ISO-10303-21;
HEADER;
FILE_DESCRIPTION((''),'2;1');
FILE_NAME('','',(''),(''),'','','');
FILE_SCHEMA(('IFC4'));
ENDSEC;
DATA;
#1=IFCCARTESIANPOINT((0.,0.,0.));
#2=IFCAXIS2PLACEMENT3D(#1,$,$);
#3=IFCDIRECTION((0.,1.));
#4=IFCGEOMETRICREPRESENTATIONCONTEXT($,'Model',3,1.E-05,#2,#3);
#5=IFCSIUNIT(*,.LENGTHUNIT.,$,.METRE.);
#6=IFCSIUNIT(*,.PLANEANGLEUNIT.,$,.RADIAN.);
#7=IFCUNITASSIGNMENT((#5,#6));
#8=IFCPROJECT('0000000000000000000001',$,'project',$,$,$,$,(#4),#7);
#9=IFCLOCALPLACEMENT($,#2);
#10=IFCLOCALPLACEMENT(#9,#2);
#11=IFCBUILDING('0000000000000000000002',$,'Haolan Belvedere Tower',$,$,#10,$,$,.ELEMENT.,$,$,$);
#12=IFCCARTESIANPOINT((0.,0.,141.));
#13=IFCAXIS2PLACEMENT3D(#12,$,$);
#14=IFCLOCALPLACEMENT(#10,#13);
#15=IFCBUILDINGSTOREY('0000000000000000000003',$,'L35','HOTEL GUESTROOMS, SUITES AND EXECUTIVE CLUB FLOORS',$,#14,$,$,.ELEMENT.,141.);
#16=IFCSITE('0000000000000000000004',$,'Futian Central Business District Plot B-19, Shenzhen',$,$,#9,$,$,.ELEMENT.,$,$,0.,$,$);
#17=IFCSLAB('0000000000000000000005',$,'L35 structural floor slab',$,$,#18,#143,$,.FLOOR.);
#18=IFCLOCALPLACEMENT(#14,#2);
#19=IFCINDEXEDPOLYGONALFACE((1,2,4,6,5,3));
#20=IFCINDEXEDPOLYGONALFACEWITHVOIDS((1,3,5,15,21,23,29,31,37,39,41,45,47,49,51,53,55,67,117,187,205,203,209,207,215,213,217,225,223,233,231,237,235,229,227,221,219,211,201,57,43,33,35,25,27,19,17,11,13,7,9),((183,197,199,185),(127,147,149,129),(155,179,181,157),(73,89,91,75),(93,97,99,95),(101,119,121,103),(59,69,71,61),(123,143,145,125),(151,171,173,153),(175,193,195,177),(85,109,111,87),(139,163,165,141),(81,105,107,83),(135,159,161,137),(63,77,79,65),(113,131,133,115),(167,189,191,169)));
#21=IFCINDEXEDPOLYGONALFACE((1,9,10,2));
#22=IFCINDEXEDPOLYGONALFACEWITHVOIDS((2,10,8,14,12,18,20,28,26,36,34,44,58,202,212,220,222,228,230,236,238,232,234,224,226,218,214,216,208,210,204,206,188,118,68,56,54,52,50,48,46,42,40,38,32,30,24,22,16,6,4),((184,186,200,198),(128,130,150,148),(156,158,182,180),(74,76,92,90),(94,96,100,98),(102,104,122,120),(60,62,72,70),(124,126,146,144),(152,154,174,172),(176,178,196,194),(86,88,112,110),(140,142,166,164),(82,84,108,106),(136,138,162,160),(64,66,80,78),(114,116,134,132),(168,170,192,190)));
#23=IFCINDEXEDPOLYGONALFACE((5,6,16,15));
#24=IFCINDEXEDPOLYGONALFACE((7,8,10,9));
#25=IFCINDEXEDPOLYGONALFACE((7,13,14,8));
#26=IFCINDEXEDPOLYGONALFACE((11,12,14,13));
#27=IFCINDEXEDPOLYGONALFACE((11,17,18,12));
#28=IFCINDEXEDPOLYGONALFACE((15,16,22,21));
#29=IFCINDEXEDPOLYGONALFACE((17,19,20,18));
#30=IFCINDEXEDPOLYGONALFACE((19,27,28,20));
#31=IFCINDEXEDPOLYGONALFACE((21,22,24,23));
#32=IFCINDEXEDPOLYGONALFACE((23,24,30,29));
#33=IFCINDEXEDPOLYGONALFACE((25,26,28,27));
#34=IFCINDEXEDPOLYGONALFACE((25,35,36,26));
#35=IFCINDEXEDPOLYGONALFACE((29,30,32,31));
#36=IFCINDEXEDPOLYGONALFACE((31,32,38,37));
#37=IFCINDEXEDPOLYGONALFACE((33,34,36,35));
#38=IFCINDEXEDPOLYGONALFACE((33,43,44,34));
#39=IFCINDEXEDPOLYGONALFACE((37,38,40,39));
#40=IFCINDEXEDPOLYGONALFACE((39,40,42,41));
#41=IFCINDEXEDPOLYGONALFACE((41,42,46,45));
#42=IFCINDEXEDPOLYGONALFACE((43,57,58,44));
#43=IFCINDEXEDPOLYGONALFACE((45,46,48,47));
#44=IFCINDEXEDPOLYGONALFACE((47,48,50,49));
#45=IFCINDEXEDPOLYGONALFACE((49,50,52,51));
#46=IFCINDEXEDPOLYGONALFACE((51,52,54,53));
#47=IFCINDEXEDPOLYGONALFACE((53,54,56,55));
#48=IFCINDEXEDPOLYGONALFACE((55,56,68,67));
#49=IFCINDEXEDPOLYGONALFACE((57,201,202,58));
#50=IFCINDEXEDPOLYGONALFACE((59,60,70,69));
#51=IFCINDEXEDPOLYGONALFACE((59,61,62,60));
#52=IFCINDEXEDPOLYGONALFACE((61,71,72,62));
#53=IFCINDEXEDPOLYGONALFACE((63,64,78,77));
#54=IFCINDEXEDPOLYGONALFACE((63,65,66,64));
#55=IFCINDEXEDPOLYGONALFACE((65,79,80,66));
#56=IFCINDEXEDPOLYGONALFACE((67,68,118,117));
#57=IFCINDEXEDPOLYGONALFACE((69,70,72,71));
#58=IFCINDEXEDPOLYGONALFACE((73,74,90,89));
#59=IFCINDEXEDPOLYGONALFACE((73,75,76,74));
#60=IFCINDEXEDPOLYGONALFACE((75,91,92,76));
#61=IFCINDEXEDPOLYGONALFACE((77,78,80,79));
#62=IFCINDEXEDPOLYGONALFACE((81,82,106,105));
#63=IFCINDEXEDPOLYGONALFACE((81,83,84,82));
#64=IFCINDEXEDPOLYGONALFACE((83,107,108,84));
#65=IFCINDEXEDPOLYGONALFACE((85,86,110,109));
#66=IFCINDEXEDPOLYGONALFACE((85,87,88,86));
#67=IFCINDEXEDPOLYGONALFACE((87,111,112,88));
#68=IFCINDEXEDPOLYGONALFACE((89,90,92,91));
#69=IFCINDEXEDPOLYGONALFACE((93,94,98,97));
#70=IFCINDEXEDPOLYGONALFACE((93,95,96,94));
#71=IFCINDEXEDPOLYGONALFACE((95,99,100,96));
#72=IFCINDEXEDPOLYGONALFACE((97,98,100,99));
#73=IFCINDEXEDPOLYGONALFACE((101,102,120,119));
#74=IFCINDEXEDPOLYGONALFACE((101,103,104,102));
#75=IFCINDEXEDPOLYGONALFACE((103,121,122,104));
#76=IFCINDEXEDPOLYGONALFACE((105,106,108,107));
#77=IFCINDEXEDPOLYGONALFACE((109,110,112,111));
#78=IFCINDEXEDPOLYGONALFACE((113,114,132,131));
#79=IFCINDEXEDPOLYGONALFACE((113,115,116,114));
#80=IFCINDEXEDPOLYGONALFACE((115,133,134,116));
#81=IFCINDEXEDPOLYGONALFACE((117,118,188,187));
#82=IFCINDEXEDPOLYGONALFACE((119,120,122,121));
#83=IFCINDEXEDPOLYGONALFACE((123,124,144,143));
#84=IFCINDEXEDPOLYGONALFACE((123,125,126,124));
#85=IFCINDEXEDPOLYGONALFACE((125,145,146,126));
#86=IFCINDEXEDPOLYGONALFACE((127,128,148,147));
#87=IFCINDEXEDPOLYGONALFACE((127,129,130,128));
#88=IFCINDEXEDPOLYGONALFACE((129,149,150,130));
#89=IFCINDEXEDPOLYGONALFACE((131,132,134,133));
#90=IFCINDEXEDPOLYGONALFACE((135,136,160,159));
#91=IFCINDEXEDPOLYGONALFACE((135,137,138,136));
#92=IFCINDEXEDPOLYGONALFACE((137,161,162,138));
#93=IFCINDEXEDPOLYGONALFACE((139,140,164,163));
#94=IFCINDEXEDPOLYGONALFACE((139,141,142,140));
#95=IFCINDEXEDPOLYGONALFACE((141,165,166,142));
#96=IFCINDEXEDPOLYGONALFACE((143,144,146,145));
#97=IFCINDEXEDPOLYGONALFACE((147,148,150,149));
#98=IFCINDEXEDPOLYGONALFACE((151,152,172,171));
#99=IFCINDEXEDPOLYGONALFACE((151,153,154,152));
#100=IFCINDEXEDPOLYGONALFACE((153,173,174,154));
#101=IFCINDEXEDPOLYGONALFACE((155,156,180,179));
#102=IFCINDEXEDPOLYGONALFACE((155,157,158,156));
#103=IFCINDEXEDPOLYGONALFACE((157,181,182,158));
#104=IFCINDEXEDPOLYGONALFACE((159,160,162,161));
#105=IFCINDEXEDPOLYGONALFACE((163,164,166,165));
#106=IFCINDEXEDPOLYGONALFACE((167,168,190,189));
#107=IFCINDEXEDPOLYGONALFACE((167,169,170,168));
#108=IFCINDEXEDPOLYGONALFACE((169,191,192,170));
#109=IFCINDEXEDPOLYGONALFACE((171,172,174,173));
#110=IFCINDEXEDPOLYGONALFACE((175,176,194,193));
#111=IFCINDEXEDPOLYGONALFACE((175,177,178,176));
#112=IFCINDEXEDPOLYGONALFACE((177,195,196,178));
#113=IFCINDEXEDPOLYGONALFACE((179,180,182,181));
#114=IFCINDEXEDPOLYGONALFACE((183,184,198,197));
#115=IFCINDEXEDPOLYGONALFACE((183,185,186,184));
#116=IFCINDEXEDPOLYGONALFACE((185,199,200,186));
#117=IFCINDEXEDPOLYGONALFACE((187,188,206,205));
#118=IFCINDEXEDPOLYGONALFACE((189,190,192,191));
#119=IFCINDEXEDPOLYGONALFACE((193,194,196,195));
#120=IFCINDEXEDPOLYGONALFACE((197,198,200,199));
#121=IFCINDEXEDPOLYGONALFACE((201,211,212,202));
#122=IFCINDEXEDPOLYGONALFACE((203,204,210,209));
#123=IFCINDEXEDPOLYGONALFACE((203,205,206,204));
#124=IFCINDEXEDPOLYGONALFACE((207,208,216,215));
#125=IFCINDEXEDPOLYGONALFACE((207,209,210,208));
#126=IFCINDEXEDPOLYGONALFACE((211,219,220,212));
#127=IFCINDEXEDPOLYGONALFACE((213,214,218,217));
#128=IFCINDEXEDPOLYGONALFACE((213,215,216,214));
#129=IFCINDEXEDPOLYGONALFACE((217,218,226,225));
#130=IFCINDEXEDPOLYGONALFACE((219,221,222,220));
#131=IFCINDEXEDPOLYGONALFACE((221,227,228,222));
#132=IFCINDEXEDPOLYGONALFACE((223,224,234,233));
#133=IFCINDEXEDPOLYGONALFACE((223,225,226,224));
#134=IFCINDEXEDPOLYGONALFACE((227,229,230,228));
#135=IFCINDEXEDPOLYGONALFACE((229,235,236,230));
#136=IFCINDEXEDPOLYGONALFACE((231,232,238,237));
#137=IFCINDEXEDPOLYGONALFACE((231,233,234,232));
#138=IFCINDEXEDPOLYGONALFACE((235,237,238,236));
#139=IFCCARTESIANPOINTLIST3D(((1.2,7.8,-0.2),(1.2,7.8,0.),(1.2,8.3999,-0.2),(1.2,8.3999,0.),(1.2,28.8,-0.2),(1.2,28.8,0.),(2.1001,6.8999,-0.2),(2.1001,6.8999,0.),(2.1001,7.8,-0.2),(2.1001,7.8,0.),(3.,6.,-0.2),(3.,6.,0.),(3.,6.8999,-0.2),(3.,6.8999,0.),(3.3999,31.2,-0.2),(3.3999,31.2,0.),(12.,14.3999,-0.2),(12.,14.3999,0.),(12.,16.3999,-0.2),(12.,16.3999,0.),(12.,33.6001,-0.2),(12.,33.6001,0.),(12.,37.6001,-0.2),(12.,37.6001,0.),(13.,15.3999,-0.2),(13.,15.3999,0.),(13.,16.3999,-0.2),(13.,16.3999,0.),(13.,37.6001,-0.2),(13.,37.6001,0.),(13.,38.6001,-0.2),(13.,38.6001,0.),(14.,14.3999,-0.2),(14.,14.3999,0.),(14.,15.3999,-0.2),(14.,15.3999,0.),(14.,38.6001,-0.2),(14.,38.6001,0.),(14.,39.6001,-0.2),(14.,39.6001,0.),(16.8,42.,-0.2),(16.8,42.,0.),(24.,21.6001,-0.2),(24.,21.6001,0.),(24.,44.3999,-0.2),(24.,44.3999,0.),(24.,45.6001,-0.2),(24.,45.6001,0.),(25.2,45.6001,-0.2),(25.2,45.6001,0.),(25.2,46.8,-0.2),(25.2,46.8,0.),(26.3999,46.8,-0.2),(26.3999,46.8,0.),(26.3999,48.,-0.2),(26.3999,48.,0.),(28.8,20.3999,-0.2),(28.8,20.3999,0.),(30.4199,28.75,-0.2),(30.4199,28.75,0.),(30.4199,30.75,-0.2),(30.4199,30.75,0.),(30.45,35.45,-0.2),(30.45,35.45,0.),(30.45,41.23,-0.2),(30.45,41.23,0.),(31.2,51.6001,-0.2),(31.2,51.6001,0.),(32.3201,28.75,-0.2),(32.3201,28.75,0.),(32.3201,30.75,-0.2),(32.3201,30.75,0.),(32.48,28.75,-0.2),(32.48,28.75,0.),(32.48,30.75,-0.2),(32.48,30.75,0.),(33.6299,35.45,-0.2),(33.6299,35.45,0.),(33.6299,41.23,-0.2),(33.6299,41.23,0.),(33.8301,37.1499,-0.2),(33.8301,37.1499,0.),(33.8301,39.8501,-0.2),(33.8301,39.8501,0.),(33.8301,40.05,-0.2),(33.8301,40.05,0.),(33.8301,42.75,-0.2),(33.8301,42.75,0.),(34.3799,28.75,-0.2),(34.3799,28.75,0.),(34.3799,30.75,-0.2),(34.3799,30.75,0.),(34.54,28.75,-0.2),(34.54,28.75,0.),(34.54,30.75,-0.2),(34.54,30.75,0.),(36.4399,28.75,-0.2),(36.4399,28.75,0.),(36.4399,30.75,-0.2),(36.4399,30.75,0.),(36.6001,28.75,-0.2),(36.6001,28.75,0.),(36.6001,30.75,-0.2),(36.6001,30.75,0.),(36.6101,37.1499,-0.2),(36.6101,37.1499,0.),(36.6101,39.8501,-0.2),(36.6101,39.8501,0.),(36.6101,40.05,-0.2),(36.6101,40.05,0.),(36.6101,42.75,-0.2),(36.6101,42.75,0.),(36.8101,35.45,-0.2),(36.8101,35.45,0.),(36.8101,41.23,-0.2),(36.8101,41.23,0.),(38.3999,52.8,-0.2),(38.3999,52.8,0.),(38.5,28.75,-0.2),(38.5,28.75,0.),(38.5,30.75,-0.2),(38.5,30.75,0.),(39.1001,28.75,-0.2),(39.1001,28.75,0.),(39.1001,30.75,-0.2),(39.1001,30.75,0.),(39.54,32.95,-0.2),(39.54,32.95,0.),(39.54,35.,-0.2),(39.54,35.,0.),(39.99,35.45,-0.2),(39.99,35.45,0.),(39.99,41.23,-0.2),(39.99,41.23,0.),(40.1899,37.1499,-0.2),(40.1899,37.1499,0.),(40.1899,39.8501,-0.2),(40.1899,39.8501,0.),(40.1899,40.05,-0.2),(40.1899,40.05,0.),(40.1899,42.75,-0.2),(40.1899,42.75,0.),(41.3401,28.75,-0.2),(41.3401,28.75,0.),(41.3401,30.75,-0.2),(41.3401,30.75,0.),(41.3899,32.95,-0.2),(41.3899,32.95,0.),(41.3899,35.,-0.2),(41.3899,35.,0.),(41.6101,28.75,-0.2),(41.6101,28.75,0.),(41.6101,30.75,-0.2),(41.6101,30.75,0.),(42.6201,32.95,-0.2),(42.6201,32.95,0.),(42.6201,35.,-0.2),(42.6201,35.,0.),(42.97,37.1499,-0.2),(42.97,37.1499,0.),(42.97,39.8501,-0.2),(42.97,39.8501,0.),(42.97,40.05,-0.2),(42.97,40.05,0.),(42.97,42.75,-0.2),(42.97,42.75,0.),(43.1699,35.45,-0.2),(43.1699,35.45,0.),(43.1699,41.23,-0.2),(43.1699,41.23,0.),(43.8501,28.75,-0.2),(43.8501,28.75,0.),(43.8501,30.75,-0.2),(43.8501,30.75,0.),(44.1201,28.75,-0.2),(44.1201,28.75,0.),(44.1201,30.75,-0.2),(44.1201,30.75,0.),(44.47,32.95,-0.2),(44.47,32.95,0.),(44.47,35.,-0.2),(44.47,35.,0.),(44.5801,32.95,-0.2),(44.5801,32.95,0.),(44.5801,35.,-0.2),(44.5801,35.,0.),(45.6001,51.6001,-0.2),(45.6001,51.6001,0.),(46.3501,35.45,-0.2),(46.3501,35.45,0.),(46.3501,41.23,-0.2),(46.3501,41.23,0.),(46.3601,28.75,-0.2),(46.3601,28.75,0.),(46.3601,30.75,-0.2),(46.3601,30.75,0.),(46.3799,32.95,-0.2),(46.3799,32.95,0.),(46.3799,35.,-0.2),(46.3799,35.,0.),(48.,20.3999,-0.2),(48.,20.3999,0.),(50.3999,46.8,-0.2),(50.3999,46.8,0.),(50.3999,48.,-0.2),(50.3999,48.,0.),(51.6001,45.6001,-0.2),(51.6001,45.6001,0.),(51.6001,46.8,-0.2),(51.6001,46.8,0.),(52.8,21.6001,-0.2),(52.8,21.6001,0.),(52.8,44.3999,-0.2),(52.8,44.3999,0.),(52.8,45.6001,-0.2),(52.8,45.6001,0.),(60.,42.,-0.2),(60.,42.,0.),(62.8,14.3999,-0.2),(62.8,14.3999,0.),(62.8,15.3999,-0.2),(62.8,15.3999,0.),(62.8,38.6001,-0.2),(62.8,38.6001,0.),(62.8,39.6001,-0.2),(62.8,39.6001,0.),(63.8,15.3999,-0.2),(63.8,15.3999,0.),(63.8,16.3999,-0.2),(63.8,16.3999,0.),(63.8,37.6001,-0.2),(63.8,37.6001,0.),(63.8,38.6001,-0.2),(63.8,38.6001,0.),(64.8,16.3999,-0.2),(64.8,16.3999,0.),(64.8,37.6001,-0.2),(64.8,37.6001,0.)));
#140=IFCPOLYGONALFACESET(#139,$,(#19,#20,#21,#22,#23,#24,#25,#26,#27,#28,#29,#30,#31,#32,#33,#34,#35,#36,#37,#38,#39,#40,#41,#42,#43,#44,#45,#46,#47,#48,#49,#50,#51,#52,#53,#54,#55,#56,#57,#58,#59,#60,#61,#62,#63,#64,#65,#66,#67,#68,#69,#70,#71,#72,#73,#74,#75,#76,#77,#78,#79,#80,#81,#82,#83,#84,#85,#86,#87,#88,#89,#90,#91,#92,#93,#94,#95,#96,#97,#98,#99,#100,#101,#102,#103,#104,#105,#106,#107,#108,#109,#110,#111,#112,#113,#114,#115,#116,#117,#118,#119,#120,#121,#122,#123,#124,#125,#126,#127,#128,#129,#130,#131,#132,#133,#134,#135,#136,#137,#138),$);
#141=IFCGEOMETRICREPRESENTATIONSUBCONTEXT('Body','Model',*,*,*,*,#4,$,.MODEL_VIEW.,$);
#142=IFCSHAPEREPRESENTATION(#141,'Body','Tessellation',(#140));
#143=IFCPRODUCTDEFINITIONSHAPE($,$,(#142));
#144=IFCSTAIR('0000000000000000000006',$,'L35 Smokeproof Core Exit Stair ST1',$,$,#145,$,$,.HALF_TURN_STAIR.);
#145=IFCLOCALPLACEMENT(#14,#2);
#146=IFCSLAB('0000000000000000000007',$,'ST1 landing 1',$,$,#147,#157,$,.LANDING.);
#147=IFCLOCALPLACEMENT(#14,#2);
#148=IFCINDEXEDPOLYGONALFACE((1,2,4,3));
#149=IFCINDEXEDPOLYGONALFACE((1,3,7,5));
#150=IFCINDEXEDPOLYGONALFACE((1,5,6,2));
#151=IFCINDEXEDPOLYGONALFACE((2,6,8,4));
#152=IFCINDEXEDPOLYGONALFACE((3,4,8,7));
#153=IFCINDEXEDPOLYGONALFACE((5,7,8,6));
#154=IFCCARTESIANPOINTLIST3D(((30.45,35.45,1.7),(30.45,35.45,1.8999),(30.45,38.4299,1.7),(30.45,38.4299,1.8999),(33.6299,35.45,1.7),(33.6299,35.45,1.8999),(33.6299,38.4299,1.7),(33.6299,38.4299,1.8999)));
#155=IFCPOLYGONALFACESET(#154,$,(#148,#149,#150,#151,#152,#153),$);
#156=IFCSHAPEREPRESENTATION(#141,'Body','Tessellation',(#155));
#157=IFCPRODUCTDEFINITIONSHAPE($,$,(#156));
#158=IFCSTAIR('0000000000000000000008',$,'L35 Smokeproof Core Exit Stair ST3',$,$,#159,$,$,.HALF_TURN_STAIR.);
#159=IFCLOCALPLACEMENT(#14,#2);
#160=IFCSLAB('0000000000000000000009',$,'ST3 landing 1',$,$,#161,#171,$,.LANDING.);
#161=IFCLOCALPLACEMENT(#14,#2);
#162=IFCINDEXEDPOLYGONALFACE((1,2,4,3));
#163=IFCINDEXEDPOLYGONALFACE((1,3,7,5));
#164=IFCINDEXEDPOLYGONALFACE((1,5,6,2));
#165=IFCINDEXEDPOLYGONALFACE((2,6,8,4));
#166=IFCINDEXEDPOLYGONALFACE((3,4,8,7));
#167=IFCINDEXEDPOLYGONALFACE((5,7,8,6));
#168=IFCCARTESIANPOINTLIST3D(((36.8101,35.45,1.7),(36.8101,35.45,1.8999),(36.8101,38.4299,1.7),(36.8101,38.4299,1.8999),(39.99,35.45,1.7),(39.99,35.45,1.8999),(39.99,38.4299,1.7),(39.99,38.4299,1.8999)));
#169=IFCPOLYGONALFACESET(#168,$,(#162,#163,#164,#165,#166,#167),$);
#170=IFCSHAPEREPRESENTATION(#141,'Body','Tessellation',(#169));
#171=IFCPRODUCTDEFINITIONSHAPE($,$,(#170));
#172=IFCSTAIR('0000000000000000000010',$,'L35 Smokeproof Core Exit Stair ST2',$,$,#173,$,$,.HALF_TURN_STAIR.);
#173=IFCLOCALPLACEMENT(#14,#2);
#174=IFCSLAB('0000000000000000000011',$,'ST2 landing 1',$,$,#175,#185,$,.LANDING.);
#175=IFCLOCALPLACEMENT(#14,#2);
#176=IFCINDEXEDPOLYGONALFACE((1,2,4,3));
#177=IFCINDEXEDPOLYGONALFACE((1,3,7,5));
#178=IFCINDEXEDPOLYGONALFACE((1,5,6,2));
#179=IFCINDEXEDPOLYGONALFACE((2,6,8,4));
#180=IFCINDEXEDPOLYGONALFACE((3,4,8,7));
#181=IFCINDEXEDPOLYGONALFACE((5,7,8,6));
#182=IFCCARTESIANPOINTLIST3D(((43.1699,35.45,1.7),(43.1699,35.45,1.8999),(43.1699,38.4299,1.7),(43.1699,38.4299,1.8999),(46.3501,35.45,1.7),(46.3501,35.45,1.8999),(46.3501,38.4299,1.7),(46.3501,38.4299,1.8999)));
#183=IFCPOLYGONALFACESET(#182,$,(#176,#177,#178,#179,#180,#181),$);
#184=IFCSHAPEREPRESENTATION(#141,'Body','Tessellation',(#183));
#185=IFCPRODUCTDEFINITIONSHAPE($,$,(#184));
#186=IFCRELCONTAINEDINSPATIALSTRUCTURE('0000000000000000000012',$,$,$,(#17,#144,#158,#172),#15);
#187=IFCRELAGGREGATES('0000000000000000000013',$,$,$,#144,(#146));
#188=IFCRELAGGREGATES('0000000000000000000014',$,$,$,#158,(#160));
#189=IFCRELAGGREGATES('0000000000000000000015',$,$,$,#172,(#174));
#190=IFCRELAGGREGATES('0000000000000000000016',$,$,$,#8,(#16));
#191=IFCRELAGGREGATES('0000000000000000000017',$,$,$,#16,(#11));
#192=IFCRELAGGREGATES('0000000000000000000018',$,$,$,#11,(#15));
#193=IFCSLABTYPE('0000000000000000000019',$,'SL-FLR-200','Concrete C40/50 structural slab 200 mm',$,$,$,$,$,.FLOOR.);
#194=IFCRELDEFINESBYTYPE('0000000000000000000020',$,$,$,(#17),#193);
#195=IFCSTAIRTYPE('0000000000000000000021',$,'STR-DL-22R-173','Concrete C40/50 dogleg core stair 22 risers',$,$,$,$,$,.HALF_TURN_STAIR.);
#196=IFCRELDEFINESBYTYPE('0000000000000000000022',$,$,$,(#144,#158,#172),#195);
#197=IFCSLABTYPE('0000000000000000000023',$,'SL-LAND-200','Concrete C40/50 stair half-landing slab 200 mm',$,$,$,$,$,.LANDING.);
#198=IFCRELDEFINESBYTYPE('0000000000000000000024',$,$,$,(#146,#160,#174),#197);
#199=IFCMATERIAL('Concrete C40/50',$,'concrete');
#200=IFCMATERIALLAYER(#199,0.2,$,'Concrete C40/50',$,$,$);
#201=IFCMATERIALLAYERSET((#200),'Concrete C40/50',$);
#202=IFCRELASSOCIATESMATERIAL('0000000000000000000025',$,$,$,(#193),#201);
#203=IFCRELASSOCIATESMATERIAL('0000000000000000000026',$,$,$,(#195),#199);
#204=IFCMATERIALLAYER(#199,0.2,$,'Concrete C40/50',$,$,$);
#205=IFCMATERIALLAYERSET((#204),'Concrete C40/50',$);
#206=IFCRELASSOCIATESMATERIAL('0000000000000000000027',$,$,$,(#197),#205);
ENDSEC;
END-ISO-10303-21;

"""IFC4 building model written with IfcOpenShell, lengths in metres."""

from ifc_helpers import new_model, si_unit, direction, frame, origin, place, context, subcontext, project, spatial, polyline, outline, extrude, material, layer, layer_set, type_object, element, aggregate, save


model = new_model("IFC4")

# Units and contexts
model_context = context("Model", 3, precision=1e-05, world=origin(), true_north=direction((0.0, 1.0)))
body_context = subcontext(model_context, "Body", "Model", "MODEL_VIEW")
ifc_project = project(units=[si_unit("LENGTHUNIT", "METRE"), si_unit("PLANEANGLEUNIT", "RADIAN")], contexts=[model_context])

# Site, building, storey
site_placement = place(None, origin())
site = spatial("IfcSite", under=ifc_project, at=site_placement, Name="Futian Central Business District Plot B-19, Shenzhen", CompositionType="ELEMENT", RefElevation=0.0)
building_placement = place(site_placement, origin())
building = spatial("IfcBuilding", under=site, at=building_placement, Name="Haolan Belvedere Tower", CompositionType="ELEMENT")
storey_placement = place(building_placement, frame((0.0, 0.0, 141.0)))
storey = spatial("IfcBuildingStorey", under=building, at=storey_placement, Name="L35", Description="HOTEL GUESTROOMS, SUITES AND EXECUTIVE CLUB FLOORS", CompositionType="ELEMENT", Elevation=141.0)

# Slab
ifc_material_1 = material(Name="Concrete C40/50", Category="concrete")
ifc_layer_1 = layer(ifc_material_1, 0.2, Name="Concrete C40/50")
ifc_layer_set_1 = layer_set([ifc_layer_1], Name="Concrete C40/50")
slab_type_1 = type_object("IfcSlabType", Name="SL-FLR-200", Description="Concrete C40/50 structural slab 200 mm", PredefinedType="FLOOR", material=ifc_layer_set_1)
slab_1_placement = place(storey_placement, frame((0.0, 0.0, -0.2)))
element("IfcSlab", 1, at=slab_1_placement, inside=storey, type_object=slab_type_1, Name="L35 structural floor slab", PredefinedType="FLOOR", context=body_context, shape_type="SweptSolid", body=[
    extrude(outline(polyline([(12.0, 14.3999), (12.0, 16.3999), (13.0, 16.3999), (13.0, 15.3999), (14.0, 15.3999), (14.0, 14.3999), (24.0, 21.6001), (28.8, 20.3999), (48.0, 20.3999), (52.8, 21.6001), (62.8, 14.3999), (62.8, 15.3999), (63.8, 15.3999), (63.8, 16.3999), (64.8, 16.3999), (64.8, 37.6001), (63.8, 37.6001), (63.8, 38.6001), (62.8, 38.6001), (62.8, 39.6001), (60.0, 42.0), (52.8, 44.3999), (52.8, 45.6001), (51.6001, 45.6001), (51.6001, 46.8), (50.3999, 46.8), (50.3999, 48.0), (45.6001, 51.6001), (38.3999, 52.8), (31.2, 51.6001), (26.3999, 48.0), (26.3999, 46.8), (25.2, 46.8), (25.2, 45.6001), (24.0, 45.6001), (24.0, 44.3999), (16.8, 42.0), (14.0, 39.6001), (14.0, 38.6001), (13.0, 38.6001), (13.0, 37.6001), (12.0, 37.6001), (12.0, 33.6001), (3.3999, 31.2), (1.2, 28.8), (1.2, 8.3999), (1.2, 7.8), (2.1001, 7.8), (2.1001, 6.8999), (3.0, 6.8999), (3.0, 6.0), (12.0, 14.3999)]), holes=[polyline([(30.45, 41.23), (30.45, 35.45), (33.6299, 35.45), (33.6299, 41.23), (30.45, 41.23)]), polyline([(36.8101, 41.23), (36.8101, 35.45), (39.99, 35.45), (39.99, 41.23), (36.8101, 41.23)]), polyline([(43.1699, 41.23), (43.1699, 35.45), (46.3501, 35.45), (46.3501, 41.23), (43.1699, 41.23)]), polyline([(33.8301, 40.05), (36.6101, 40.05), (36.6101, 42.75), (33.8301, 42.75), (33.8301, 40.05)]), polyline([(33.8301, 37.1499), (36.6101, 37.1499), (36.6101, 39.8501), (33.8301, 39.8501), (33.8301, 37.1499)]), polyline([(40.1899, 40.05), (42.97, 40.05), (42.97, 42.75), (40.1899, 42.75), (40.1899, 40.05)]), polyline([(40.1899, 37.1499), (42.97, 37.1499), (42.97, 39.8501), (40.1899, 39.8501), (40.1899, 37.1499)]), polyline([(39.54, 32.95), (41.3899, 32.95), (41.3899, 35.0), (39.54, 35.0), (39.54, 32.95)]), polyline([(42.6201, 32.95), (44.47, 32.95), (44.47, 35.0), (42.6201, 35.0), (42.6201, 32.95)]), polyline([(44.5801, 32.95), (46.3799, 32.95), (46.3799, 35.0), (44.5801, 35.0), (44.5801, 32.95)]), polyline([(30.4199, 28.75), (32.3201, 28.75), (32.3201, 30.75), (30.4199, 30.75), (30.4199, 28.75)]), polyline([(32.48, 28.75), (34.3799, 28.75), (34.3799, 30.75), (32.48, 30.75), (32.48, 28.75)]), polyline([(34.54, 28.75), (36.4399, 28.75), (36.4399, 30.75), (34.54, 30.75), (34.54, 28.75)]), polyline([(36.6001, 28.75), (38.5, 28.75), (38.5, 30.75), (36.6001, 30.75), (36.6001, 28.75)]), polyline([(39.1001, 28.75), (41.3401, 28.75), (41.3401, 30.75), (39.1001, 30.75), (39.1001, 28.75)]), polyline([(41.6101, 28.75), (43.8501, 28.75), (43.8501, 30.75), (41.6101, 30.75), (41.6101, 28.75)]), polyline([(44.1201, 28.75), (46.3601, 28.75), (46.3601, 30.75), (44.1201, 30.75), (44.1201, 28.75)])]), origin(), (0.0, 0.0, 1.0), 0.2),
])

# Stairs, slabs
stair_type = type_object("IfcStairType", Name="STR-DL-22R-173", Description="Concrete C40/50 dogleg core stair 22 risers", PredefinedType="HALF_TURN_STAIR", material=ifc_material_1)
stair_1_placement = place(storey_placement, origin())
stair_1 = element("IfcStair", 2, at=stair_1_placement, inside=storey, type_object=stair_type, Name="L35 Smokeproof Core Exit Stair ST1", PredefinedType="HALF_TURN_STAIR")
ifc_layer_2 = layer(ifc_material_1, 0.2, Name="Concrete C40/50")
ifc_layer_set_2 = layer_set([ifc_layer_2], Name="Concrete C40/50")
slab_type_2 = type_object("IfcSlabType", Name="SL-LAND-200", Description="Concrete C40/50 stair half-landing slab 200 mm", PredefinedType="LANDING", material=ifc_layer_set_2)
slab_2_placement = place(storey_placement, frame((0.0, 0.0, 1.7)))
slab_2 = element("IfcSlab", 3, at=slab_2_placement, type_object=slab_type_2, Name="ST1 landing 1", PredefinedType="LANDING", context=body_context, shape_type="SweptSolid", body=[
    extrude(outline(polyline([(30.45, 38.4299), (30.45, 35.45), (33.6299, 35.45), (33.6299, 38.4299), (30.45, 38.4299)])), origin(), (0.0, 0.0, 1.0), 0.2),
])
aggregate(stair_1, [slab_2])
stair_2_placement = place(storey_placement, origin())
stair_2 = element("IfcStair", 4, at=stair_2_placement, inside=storey, type_object=stair_type, Name="L35 Smokeproof Core Exit Stair ST3", PredefinedType="HALF_TURN_STAIR")
slab_3_placement = place(storey_placement, frame((0.0, 0.0, 1.7)))
slab_3 = element("IfcSlab", 5, at=slab_3_placement, type_object=slab_type_2, Name="ST3 landing 1", PredefinedType="LANDING", context=body_context, shape_type="SweptSolid", body=[
    extrude(outline(polyline([(36.8101, 38.4299), (36.8101, 35.45), (39.99, 35.45), (39.99, 38.4299), (36.8101, 38.4299)])), origin(), (0.0, 0.0, 1.0), 0.2),
])
aggregate(stair_2, [slab_3])
stair_3_placement = place(storey_placement, origin())
stair_3 = element("IfcStair", 6, at=stair_3_placement, inside=storey, type_object=stair_type, Name="L35 Smokeproof Core Exit Stair ST2", PredefinedType="HALF_TURN_STAIR")
slab_4_placement = place(storey_placement, frame((0.0, 0.0, 1.7)))
slab_4 = element("IfcSlab", 7, at=slab_4_placement, type_object=slab_type_2, Name="ST2 landing 1", PredefinedType="LANDING", context=body_context, shape_type="SweptSolid", body=[
    extrude(outline(polyline([(43.1699, 38.4299), (43.1699, 35.45), (46.3501, 35.45), (46.3501, 38.4299), (43.1699, 38.4299)])), origin(), (0.0, 0.0, 1.0), 0.2),
])
aggregate(stair_3, [slab_4])

save(model, "model.ifc")
